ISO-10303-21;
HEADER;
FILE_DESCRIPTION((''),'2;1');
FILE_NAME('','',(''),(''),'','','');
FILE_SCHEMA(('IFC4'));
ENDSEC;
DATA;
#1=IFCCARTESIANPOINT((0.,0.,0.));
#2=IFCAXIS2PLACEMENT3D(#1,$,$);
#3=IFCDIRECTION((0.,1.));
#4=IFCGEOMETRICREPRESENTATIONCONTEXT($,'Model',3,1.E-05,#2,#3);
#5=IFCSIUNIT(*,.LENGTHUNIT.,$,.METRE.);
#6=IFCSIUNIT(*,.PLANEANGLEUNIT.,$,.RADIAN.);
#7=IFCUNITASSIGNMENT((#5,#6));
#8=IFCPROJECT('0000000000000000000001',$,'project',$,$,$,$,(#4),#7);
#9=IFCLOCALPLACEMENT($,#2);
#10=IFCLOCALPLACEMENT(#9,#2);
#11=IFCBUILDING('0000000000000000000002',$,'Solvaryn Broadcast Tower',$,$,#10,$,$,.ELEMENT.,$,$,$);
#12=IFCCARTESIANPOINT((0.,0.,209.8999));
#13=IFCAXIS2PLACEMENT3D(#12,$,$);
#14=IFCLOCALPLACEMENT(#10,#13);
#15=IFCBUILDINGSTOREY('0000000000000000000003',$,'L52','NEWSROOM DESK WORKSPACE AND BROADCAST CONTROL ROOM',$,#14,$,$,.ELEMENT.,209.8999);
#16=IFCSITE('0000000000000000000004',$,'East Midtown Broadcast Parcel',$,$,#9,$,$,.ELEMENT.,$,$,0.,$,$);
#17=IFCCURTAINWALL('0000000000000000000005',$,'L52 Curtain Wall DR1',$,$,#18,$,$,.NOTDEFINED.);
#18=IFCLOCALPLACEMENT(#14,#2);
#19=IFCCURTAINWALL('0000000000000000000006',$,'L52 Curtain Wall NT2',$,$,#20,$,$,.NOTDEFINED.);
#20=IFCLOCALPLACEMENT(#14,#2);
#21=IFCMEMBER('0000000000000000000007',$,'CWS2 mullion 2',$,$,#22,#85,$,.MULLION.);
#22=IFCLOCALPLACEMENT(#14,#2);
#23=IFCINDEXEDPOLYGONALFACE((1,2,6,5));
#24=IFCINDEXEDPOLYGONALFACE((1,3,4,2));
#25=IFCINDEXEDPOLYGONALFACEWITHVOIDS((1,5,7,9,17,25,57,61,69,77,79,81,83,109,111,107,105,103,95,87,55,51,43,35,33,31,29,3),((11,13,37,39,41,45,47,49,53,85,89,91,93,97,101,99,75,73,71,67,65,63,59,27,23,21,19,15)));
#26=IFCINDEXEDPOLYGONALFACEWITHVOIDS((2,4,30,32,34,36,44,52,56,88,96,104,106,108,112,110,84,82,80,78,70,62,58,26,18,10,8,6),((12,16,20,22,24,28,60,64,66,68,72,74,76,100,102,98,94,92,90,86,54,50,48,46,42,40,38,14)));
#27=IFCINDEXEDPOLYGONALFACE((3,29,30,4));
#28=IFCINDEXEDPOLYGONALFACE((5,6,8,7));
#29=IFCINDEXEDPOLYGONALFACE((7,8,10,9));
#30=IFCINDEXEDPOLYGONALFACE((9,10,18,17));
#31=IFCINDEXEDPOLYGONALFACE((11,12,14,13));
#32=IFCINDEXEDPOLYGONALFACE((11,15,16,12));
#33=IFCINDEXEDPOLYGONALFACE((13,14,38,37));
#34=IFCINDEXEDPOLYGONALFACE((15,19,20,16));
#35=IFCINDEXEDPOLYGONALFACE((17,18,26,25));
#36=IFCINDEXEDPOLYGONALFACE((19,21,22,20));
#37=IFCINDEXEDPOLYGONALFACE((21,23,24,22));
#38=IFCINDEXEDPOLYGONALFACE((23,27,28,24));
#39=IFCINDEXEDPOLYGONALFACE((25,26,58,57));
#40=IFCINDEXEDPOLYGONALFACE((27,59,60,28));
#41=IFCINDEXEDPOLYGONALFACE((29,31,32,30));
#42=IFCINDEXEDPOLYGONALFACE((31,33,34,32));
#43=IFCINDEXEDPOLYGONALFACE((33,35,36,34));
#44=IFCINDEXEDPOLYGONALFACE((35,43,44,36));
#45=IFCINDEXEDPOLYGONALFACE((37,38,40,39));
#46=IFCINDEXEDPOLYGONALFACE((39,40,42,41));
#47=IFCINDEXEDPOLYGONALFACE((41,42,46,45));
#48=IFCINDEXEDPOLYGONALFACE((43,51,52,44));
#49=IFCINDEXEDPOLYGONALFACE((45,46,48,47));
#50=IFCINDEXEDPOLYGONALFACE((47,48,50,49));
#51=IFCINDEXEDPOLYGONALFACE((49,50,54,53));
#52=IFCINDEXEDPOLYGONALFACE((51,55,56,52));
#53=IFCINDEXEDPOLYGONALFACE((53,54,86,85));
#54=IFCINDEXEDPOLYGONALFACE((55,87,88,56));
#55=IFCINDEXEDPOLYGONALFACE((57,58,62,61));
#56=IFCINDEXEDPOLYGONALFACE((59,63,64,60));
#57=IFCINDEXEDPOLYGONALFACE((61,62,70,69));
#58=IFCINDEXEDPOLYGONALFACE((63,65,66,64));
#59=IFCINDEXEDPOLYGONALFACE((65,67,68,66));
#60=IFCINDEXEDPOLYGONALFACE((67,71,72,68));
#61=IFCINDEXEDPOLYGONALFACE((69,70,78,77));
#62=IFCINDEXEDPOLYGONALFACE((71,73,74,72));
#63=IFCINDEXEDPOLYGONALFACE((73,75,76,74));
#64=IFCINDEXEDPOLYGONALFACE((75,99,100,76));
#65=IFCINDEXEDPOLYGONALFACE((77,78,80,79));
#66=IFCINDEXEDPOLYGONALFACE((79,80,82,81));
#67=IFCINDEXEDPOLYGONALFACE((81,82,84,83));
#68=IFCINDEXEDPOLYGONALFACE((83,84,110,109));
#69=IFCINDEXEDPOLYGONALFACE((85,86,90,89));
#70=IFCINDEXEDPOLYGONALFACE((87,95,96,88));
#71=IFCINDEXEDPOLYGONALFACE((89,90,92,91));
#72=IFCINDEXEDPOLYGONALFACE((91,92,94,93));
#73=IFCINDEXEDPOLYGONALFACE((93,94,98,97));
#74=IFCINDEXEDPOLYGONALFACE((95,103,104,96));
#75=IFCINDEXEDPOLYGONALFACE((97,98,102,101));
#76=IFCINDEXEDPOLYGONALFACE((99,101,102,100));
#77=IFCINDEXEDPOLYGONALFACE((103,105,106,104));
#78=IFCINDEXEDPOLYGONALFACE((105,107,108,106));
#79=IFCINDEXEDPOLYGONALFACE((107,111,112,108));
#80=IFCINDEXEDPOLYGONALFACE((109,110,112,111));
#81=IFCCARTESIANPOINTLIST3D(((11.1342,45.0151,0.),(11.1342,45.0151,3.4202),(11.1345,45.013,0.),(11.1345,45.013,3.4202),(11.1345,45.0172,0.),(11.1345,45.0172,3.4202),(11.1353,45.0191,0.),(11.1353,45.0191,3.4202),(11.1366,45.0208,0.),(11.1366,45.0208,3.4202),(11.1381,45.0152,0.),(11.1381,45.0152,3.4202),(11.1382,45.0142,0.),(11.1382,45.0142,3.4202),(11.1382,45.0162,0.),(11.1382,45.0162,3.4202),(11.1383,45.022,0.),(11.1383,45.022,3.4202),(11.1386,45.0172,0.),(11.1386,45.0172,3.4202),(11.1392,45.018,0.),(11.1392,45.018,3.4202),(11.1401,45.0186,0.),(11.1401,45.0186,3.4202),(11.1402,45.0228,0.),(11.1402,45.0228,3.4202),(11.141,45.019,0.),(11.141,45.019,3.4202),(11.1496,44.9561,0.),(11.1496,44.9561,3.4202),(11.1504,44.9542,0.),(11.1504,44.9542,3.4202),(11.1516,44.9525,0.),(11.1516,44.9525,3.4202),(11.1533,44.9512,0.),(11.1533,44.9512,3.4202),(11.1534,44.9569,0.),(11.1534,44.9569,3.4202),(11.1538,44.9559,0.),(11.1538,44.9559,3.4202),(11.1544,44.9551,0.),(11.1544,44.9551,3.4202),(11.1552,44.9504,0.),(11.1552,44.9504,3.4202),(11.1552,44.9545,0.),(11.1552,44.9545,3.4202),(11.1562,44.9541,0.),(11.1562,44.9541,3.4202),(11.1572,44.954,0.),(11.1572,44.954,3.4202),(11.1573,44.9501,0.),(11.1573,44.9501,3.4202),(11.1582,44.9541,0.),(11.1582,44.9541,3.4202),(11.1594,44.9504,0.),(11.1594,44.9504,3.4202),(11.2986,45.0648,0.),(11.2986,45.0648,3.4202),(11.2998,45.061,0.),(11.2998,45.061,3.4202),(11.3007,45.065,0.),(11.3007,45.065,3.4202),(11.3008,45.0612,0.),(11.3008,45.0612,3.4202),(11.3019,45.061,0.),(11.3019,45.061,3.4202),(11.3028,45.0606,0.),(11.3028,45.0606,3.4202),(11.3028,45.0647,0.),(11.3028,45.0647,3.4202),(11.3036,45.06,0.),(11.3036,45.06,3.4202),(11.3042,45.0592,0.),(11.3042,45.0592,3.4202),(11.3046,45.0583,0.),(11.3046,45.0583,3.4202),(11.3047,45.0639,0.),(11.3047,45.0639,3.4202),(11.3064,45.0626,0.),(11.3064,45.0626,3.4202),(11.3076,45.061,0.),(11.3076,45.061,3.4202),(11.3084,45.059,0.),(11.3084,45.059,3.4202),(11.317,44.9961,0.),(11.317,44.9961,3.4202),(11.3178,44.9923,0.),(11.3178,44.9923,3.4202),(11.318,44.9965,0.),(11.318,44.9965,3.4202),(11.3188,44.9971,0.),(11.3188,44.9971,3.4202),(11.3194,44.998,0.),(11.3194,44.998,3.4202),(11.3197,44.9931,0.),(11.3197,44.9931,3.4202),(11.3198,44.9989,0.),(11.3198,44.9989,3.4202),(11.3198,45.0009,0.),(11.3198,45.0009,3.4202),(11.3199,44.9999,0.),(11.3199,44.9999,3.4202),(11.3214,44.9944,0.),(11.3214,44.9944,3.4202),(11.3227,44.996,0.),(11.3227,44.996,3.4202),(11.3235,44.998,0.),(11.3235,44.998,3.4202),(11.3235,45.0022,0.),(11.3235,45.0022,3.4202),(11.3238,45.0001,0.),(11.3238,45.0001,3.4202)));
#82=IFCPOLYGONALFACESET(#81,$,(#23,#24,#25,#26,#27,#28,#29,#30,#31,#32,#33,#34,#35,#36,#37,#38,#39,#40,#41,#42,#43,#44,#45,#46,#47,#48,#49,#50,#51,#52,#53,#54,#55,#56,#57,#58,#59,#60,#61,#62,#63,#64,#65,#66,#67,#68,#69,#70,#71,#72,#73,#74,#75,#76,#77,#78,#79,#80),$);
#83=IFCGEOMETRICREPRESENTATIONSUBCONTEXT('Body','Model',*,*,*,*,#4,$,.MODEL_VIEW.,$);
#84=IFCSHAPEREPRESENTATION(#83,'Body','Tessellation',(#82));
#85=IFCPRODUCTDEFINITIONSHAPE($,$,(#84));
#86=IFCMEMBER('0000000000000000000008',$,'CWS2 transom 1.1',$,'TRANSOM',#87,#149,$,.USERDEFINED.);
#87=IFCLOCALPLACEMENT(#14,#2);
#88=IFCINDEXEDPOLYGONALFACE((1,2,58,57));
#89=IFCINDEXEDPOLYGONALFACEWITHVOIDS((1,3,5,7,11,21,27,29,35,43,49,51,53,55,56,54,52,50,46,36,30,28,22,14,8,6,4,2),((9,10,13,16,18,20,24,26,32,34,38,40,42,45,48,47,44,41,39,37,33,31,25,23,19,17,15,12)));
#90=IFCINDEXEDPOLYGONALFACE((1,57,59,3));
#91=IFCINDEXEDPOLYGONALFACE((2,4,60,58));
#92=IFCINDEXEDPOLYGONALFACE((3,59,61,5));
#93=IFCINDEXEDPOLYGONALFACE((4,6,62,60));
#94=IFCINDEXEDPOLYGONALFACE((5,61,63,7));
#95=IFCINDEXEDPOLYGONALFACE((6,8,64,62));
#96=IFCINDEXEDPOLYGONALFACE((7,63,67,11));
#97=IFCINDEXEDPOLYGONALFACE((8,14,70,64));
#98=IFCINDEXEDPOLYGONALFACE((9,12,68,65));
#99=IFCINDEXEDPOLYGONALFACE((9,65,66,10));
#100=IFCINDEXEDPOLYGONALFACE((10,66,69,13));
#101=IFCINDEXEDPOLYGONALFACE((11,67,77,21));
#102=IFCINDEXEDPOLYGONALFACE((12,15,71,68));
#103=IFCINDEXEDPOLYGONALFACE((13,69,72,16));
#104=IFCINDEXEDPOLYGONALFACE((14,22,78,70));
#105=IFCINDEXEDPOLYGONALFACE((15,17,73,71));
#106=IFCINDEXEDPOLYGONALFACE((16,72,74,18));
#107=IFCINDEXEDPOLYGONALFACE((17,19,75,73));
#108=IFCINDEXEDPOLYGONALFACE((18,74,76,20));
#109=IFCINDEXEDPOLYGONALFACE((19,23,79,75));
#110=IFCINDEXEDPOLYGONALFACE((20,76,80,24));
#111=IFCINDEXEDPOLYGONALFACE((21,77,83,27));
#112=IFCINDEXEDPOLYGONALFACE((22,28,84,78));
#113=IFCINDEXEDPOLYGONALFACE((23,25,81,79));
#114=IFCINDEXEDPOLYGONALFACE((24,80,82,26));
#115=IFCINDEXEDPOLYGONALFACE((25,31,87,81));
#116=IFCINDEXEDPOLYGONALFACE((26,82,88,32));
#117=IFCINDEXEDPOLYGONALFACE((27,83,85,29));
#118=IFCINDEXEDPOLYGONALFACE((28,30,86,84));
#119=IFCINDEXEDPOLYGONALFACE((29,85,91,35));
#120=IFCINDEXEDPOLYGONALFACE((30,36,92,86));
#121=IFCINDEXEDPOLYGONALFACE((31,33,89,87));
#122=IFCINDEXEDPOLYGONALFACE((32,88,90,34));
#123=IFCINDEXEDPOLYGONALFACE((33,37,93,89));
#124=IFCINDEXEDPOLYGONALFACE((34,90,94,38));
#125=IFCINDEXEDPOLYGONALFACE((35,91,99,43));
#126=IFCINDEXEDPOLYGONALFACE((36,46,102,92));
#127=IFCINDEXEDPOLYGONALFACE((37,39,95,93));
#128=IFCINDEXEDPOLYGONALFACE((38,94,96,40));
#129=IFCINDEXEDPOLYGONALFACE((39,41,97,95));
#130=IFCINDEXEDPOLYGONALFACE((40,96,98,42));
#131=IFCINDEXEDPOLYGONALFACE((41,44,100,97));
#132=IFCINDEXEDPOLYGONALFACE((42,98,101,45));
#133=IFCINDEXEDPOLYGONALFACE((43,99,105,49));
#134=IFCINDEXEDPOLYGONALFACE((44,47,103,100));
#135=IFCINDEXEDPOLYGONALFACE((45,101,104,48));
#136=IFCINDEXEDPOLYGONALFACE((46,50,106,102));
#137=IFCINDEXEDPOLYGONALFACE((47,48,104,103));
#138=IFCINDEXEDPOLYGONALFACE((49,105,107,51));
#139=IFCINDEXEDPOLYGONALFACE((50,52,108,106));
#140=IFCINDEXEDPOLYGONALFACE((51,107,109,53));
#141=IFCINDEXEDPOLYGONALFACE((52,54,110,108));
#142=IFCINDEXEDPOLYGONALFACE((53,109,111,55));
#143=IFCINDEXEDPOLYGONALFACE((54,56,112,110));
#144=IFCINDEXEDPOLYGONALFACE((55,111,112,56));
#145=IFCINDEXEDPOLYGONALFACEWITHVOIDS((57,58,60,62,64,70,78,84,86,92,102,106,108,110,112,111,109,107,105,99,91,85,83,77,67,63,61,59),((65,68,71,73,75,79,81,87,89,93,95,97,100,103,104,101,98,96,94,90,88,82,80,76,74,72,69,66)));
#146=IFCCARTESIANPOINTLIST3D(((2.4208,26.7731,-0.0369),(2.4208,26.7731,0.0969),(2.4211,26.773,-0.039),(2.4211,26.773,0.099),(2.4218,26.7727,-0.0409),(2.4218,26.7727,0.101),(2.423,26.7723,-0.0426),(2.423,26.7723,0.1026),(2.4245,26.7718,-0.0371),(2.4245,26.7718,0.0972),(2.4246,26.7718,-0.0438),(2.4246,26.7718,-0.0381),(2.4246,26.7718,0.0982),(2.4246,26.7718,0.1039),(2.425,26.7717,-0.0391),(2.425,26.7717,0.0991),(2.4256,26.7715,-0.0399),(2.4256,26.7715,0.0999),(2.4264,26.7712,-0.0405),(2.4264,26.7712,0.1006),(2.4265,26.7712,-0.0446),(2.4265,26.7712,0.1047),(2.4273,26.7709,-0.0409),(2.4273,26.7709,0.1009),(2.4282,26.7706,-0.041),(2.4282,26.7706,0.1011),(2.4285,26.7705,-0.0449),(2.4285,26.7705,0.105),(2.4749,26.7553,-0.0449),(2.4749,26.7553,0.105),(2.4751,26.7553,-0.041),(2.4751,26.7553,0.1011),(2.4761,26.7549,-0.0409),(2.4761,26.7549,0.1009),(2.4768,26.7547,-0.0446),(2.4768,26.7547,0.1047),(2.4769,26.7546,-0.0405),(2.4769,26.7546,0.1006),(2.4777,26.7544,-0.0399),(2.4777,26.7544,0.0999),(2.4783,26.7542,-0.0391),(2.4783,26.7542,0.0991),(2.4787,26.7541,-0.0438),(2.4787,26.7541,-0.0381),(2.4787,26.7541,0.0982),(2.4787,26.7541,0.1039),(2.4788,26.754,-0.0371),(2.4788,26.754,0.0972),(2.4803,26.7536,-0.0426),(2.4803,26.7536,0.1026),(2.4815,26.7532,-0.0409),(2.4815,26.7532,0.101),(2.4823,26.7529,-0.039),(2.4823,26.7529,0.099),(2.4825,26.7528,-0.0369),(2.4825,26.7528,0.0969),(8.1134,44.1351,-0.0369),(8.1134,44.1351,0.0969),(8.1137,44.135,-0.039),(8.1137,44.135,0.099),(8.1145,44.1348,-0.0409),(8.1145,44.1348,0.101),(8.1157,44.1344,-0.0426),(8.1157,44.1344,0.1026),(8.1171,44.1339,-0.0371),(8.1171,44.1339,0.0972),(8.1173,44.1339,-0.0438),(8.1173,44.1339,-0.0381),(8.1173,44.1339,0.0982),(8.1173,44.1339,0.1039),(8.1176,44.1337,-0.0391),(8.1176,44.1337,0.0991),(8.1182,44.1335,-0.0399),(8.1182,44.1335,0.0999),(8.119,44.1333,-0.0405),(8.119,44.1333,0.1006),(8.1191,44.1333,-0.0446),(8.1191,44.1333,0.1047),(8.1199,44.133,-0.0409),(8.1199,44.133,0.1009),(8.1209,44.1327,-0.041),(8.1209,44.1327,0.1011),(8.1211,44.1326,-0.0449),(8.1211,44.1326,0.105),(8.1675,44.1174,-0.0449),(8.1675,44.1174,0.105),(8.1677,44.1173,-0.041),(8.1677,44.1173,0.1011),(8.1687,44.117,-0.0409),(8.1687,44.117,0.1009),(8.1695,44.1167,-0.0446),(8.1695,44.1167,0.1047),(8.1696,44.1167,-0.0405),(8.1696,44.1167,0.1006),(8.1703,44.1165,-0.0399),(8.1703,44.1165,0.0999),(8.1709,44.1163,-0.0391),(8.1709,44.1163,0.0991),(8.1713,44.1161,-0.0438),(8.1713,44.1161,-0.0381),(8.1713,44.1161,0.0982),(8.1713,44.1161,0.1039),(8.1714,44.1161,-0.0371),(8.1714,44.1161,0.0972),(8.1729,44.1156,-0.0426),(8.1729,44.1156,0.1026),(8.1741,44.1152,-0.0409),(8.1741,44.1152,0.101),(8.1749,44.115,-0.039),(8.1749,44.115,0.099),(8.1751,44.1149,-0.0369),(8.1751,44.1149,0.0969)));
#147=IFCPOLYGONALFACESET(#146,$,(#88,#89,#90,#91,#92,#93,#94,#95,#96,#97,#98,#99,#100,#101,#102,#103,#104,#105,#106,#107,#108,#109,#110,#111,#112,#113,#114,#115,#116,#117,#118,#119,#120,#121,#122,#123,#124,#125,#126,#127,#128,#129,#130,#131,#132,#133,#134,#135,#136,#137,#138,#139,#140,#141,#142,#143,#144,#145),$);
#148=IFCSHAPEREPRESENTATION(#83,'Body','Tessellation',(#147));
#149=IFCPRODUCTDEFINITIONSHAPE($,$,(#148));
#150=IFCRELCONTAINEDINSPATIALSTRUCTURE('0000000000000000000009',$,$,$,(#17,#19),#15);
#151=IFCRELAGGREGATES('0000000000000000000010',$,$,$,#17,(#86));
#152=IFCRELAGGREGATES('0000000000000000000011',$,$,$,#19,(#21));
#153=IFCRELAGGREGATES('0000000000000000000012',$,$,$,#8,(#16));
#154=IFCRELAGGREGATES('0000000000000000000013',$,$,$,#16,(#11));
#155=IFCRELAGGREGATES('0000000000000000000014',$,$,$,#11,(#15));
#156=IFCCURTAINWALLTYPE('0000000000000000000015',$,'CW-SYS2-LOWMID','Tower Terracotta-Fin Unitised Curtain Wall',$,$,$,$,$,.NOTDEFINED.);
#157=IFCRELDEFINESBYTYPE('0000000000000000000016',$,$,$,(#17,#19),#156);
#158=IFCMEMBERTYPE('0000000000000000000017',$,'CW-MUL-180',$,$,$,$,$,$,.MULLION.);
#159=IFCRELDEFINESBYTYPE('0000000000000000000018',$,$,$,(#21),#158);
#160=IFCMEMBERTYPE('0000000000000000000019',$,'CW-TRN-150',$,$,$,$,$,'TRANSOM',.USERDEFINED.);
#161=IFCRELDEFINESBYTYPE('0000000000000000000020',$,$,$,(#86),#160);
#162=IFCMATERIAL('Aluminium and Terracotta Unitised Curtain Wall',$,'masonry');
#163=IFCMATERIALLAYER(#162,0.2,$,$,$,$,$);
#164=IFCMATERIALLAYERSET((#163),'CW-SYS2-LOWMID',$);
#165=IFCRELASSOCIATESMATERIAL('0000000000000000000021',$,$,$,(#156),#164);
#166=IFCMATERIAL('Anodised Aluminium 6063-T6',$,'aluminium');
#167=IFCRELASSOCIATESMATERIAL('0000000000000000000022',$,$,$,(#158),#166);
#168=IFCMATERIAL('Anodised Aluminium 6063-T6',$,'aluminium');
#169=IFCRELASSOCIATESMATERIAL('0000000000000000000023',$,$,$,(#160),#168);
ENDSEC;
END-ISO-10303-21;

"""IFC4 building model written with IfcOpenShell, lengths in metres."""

from ifc_helpers import new_model, si_unit, direction, frame, origin, origin_2d, place, context, subcontext, project, spatial, hollow_rectangle, extrude, material, layer, layer_set, material_profile, profile_set, type_object, element, aggregate, save


model = new_model("IFC4")

# Units and contexts
model_context = context("Model", 3, precision=1e-05, world=origin(), true_north=direction((0.0, 1.0)))
body_context = subcontext(model_context, "Body", "Model", "MODEL_VIEW")
ifc_project = project(units=[si_unit("LENGTHUNIT", "METRE"), si_unit("PLANEANGLEUNIT", "RADIAN")], contexts=[model_context])

# Site, building, storey
site_placement = place(None, origin())
site = spatial("IfcSite", under=ifc_project, at=site_placement, Name="East Midtown Broadcast Parcel", CompositionType="ELEMENT", RefElevation=0.0)
building_placement = place(site_placement, origin())
building = spatial("IfcBuilding", under=site, at=building_placement, Name="Solvaryn Broadcast Tower", CompositionType="ELEMENT")
storey_placement = place(building_placement, frame((0.0, 0.0, 209.8999)))
storey = spatial("IfcBuildingStorey", under=building, at=storey_placement, Name="L52", Description="NEWSROOM DESK WORKSPACE AND BROADCAST CONTROL ROOM", CompositionType="ELEMENT", Elevation=209.8999)

# Curtain walls, member
ifc_material_1 = material(Name="Aluminium and Terracotta Unitised Curtain Wall", Category="masonry")
ifc_layer_1 = layer(ifc_material_1, 0.2)
ifc_layer_set_1 = layer_set([ifc_layer_1], Name="CW-SYS2-LOWMID")
curtain_wall_type = type_object("IfcCurtainWallType", Name="CW-SYS2-LOWMID", Description="Tower Terracotta-Fin Unitised Curtain Wall", PredefinedType="NOTDEFINED", material=ifc_layer_set_1)
curtain_wall_1_placement = place(storey_placement, origin())
curtain_wall_1 = element("IfcCurtainWall", 1, at=curtain_wall_1_placement, inside=storey, type_object=curtain_wall_type, Name="L52 Curtain Wall DR1", PredefinedType="NOTDEFINED")
ifc_material_2 = material(Name="Anodised Aluminium 6063-T6", Category="aluminium")
ifc_material_profile_1 = material_profile(ifc_material_2, hollow_rectangle(XDim=0.075, YDim=0.1799, WallThickness=0.0039, InnerFilletRadius=0.0039, OuterFilletRadius=0.0081, at=origin_2d()))
ifc_profile_set_1 = profile_set([ifc_material_profile_1], Name="Anodised Aluminium 6063-T6")
member_type_1 = type_object("IfcMemberType", Name="CW-MUL-180", PredefinedType="MULLION", material=ifc_profile_set_1)
curtain_wall_2_placement = place(storey_placement, origin())
curtain_wall_2 = element("IfcCurtainWall", 2, at=curtain_wall_2_placement, inside=storey, type_object=curtain_wall_type, Name="L52 Curtain Wall NT2", PredefinedType="NOTDEFINED")
member_1_placement = place(storey_placement, frame((11.229, 45.0076, 0.0), z_axis=(0.0, 0.0, 1.0), x_axis=(0.255893, -0.966705, 0.0)))
member_1 = element("IfcMember", 3, at=member_1_placement, type_object=member_type_1, Name="CWS2 mullion 2", PredefinedType="MULLION", context=body_context, shape_type="SweptSolid", body=[
    extrude(hollow_rectangle(XDim=0.075, YDim=0.1799, WallThickness=0.0039, InnerFilletRadius=0.0039, OuterFilletRadius=0.0081, at=origin_2d()), origin(), (0.0, 0.0, 1.0), 3.4202),
])

# Member
ifc_material_3 = material(Name="Anodised Aluminium 6063-T6", Category="aluminium")
ifc_material_profile_2 = material_profile(ifc_material_3, hollow_rectangle(XDim=0.0649, YDim=0.1499, WallThickness=0.0039, InnerFilletRadius=0.0039, OuterFilletRadius=0.0081, at=origin_2d()))
ifc_profile_set_2 = profile_set([ifc_material_profile_2], Name="Anodised Aluminium 6063-T6")
member_type_2 = type_object("IfcMemberType", Name="CW-TRN-150", ElementType="TRANSOM", PredefinedType="USERDEFINED", material=ifc_profile_set_2)
member_2_placement = place(storey_placement, frame((8.1443, 44.125, 0.03), z_axis=(-0.311558, -0.950227, 0.0), x_axis=(0.950227, -0.311558, 0.0)))
member_2 = element("IfcMember", 4, at=member_2_placement, type_object=member_type_2, Name="CWS2 transom 1.1", ObjectType="TRANSOM", PredefinedType="USERDEFINED", context=body_context, shape_type="SweptSolid", body=[
    extrude(hollow_rectangle(XDim=0.0649, YDim=0.1499, WallThickness=0.0039, InnerFilletRadius=0.0039, OuterFilletRadius=0.0081, at=origin_2d()), origin(), (0.0, 0.0, 1.0), 18.2715),
])
aggregate(curtain_wall_1, [member_2])

aggregate(curtain_wall_2, [member_1])

save(model, "model.ifc")
